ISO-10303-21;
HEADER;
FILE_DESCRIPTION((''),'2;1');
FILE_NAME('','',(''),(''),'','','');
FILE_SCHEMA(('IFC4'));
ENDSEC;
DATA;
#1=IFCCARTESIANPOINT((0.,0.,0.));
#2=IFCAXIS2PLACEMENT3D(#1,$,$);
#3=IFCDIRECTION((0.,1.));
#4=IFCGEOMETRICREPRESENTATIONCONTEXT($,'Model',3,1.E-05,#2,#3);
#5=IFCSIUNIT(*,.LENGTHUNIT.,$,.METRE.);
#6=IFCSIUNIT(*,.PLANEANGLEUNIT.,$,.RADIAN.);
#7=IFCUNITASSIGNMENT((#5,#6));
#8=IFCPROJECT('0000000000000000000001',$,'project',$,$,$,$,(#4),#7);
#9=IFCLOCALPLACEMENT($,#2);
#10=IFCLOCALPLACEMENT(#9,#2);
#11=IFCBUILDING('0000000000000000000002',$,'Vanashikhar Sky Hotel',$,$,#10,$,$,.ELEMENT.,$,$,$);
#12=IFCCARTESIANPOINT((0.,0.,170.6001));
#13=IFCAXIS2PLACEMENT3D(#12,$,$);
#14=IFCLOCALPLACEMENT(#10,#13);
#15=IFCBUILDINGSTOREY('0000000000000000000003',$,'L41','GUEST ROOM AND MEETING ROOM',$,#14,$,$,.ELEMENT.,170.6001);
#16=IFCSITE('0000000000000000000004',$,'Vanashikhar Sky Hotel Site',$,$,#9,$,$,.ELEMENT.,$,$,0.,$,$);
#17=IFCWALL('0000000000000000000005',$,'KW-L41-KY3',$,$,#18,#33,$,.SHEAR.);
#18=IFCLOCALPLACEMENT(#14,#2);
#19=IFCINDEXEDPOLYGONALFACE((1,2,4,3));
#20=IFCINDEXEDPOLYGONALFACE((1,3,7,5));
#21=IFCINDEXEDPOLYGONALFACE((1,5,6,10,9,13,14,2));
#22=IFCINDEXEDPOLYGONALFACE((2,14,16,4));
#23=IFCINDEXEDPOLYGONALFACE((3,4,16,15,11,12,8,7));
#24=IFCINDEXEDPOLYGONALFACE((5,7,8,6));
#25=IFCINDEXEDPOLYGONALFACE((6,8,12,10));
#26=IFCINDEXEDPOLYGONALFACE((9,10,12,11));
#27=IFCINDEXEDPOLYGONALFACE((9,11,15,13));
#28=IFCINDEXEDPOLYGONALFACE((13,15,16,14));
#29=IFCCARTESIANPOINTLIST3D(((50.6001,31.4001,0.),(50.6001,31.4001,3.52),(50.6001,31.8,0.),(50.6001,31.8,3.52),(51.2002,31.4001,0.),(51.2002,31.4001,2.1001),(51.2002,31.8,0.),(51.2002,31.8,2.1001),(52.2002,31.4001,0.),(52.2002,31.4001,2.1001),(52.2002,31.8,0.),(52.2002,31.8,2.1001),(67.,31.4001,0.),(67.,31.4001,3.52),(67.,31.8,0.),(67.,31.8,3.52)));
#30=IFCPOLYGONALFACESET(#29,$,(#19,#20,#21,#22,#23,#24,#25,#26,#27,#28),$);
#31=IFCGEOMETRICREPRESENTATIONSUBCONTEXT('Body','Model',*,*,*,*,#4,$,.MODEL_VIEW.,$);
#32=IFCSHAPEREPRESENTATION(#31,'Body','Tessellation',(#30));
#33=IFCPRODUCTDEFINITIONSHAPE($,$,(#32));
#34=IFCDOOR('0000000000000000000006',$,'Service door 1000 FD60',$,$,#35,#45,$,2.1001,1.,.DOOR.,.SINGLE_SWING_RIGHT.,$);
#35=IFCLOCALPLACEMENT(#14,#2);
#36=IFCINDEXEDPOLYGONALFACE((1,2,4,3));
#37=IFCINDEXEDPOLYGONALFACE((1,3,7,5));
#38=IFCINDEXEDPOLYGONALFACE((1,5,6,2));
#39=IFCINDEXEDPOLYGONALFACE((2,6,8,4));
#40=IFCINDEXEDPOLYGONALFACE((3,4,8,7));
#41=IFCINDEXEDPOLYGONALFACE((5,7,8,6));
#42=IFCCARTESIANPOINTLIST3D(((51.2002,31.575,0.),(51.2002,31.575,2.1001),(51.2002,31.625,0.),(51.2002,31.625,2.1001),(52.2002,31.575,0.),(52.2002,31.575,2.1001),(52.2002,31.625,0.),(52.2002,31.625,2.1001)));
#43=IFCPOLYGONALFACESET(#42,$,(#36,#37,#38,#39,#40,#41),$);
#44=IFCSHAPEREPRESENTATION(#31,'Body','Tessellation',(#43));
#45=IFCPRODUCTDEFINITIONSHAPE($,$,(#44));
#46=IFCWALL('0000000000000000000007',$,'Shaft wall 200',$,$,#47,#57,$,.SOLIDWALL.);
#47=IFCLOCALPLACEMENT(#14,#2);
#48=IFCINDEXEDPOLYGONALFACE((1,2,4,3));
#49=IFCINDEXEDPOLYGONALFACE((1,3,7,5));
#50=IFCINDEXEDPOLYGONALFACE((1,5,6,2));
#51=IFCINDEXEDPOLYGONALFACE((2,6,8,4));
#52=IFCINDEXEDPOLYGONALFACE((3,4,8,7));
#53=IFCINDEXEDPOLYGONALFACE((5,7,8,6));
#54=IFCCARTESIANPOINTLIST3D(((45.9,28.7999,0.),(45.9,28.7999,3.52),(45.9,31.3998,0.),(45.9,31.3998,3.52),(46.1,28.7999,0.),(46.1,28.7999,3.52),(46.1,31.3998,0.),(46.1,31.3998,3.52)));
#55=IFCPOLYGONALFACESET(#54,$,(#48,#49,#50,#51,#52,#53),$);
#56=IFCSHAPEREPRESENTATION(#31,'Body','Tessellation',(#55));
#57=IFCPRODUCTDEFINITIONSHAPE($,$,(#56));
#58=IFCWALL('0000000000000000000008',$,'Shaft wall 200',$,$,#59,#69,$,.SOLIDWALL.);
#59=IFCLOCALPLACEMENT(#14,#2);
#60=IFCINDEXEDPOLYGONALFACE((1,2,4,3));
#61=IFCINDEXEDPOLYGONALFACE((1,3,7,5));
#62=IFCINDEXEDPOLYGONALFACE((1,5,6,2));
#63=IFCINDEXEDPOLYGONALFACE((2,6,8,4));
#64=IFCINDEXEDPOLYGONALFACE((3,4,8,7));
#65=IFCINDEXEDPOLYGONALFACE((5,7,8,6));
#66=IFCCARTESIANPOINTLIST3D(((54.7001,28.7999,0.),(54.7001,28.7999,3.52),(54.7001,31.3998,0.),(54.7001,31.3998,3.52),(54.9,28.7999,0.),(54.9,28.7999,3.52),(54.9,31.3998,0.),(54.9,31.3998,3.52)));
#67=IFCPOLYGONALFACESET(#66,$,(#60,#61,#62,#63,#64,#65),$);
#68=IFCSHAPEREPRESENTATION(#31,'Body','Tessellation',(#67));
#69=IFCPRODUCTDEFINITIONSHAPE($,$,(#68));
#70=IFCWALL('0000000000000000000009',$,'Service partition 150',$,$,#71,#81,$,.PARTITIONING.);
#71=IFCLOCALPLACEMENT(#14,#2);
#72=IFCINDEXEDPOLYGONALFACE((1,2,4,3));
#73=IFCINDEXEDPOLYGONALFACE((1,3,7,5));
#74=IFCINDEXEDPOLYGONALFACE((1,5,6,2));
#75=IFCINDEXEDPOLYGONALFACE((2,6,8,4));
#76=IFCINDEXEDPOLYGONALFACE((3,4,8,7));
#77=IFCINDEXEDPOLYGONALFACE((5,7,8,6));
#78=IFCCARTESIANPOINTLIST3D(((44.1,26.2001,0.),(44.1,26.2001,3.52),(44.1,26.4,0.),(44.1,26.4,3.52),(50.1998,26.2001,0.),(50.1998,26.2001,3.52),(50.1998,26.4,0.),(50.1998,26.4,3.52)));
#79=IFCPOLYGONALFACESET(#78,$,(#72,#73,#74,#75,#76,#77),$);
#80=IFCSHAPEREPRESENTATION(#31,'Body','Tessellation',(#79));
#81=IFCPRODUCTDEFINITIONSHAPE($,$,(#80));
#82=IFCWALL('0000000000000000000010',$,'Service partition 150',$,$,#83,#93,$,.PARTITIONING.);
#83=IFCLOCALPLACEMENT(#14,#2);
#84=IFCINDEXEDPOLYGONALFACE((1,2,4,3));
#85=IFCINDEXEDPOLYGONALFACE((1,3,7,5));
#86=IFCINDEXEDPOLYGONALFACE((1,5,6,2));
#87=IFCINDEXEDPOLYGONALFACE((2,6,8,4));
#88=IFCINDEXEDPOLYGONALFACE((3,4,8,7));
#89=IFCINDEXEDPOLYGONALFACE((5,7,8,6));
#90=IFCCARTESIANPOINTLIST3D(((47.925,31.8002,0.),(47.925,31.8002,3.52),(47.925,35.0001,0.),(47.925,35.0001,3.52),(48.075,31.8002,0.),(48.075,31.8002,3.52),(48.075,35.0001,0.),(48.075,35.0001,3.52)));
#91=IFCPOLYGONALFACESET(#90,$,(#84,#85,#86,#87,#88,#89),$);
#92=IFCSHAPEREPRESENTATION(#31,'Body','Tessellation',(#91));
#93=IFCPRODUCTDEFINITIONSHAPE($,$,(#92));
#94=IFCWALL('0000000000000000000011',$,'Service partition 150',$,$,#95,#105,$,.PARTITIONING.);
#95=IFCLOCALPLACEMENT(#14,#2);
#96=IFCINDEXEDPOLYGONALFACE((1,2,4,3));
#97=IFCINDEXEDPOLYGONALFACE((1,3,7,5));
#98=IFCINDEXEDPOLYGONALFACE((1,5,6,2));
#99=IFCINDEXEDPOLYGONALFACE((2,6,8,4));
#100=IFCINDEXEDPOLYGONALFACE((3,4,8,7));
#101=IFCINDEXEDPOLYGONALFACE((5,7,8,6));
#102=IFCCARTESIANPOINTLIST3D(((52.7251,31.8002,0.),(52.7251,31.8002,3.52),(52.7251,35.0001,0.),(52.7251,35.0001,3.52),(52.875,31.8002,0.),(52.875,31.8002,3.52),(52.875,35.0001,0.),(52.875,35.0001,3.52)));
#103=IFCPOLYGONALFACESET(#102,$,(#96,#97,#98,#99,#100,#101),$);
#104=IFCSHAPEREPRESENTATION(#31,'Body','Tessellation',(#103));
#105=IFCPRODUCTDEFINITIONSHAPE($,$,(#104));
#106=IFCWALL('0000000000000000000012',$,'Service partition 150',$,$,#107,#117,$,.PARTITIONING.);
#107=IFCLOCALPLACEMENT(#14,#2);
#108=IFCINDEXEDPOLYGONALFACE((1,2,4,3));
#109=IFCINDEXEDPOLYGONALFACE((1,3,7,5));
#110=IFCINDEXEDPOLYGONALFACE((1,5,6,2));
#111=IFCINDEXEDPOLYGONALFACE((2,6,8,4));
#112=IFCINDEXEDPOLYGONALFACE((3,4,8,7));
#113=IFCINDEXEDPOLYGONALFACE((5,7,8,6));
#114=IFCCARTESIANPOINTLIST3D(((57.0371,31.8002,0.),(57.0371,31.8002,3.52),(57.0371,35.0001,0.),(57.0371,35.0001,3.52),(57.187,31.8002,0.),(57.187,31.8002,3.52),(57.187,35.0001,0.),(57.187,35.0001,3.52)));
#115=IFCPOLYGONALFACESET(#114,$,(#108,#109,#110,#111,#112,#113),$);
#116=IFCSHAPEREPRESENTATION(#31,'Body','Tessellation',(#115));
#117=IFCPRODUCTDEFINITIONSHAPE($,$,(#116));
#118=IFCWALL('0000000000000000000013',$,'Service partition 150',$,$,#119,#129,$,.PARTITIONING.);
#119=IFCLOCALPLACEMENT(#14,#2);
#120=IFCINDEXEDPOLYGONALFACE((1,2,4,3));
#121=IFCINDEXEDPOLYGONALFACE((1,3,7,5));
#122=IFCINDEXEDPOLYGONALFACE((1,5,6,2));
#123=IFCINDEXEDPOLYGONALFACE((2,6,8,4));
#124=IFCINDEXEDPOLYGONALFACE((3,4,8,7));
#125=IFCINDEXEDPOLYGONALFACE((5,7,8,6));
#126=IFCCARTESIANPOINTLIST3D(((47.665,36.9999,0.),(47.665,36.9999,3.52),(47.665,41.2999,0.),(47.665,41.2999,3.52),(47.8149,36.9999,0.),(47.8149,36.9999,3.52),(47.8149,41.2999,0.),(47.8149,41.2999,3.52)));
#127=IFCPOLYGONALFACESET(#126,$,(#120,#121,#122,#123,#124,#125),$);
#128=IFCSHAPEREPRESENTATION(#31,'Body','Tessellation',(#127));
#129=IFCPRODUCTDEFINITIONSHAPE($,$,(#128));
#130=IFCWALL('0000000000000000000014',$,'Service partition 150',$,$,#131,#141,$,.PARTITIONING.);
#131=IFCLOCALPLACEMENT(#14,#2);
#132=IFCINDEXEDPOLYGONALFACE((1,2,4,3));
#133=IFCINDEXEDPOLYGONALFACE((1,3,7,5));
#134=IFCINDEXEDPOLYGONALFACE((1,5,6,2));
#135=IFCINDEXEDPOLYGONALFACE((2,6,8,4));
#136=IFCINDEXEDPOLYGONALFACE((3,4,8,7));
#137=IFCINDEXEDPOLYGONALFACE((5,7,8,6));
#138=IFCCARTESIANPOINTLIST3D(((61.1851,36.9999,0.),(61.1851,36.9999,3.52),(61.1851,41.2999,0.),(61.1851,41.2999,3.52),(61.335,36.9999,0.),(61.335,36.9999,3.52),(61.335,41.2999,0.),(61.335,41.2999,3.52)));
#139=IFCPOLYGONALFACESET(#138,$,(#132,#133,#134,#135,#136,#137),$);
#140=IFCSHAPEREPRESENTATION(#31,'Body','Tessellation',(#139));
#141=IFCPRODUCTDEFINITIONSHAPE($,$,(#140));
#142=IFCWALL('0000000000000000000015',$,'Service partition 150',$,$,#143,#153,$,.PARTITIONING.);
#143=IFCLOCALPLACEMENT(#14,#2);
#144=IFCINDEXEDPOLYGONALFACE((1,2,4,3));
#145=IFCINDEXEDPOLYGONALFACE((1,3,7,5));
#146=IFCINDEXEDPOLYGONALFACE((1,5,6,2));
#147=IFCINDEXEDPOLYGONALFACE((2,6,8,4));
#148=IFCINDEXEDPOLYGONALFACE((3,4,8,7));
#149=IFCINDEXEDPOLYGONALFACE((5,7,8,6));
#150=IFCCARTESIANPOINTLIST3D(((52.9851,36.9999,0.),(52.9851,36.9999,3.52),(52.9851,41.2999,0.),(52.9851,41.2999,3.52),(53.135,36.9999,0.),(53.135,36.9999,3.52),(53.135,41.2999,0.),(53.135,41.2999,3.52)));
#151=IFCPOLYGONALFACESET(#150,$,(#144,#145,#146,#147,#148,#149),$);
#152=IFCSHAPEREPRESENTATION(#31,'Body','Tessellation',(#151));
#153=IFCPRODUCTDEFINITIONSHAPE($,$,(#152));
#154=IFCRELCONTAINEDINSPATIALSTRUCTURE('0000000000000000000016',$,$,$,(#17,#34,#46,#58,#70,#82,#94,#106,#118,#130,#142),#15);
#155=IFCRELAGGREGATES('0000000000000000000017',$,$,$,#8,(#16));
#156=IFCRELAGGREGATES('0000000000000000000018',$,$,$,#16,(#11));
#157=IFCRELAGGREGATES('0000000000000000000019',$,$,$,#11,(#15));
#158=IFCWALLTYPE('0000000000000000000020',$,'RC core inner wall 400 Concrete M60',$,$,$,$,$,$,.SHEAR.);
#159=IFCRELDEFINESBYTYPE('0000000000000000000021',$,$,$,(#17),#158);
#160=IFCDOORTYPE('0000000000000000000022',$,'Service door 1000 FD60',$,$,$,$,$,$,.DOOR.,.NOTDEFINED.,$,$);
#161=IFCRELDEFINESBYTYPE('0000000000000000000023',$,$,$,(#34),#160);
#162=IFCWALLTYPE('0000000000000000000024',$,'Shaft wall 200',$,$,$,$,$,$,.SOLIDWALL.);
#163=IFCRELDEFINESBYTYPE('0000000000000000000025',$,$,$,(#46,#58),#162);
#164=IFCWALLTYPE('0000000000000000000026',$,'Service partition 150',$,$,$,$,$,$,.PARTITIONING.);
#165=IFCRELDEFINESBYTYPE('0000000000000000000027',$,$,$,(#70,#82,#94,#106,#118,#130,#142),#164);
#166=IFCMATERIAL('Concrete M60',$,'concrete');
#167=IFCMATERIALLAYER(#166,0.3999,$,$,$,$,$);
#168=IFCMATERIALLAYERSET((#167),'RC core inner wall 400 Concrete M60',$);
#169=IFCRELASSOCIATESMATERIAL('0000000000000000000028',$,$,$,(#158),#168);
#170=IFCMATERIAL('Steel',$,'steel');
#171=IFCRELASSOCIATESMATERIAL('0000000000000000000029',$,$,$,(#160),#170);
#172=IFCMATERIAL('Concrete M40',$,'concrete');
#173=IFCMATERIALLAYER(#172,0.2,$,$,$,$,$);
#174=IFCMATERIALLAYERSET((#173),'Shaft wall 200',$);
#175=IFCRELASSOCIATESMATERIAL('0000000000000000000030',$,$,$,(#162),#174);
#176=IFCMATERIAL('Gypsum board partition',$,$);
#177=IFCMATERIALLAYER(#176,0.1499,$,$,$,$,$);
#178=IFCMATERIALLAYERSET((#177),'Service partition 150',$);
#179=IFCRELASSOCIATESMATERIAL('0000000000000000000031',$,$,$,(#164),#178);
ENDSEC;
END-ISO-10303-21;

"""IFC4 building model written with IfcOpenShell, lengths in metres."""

from ifc_helpers import new_model, si_unit, direction, frame, frame_2d, origin, place, context, subcontext, project, spatial, rectangle, extrude, source, transform, mapped, material, layer, layer_set, type_object, element, fill, save


model = new_model("IFC4")

# Units and contexts
model_context = context("Model", 3, precision=1e-05, world=origin(), true_north=direction((0.0, 1.0)))
body_context = subcontext(model_context, "Body", "Model", "MODEL_VIEW")
ifc_project = project(units=[si_unit("LENGTHUNIT", "METRE"), si_unit("PLANEANGLEUNIT", "RADIAN")], contexts=[model_context])

# Site, building, storey
site_placement = place(None, origin())
site = spatial("IfcSite", under=ifc_project, at=site_placement, Name="Vanashikhar Sky Hotel Site", CompositionType="ELEMENT", RefElevation=0.0)
building_placement = place(site_placement, origin())
building = spatial("IfcBuilding", under=site, at=building_placement, Name="Vanashikhar Sky Hotel", CompositionType="ELEMENT")
storey_placement = place(building_placement, frame((0.0, 0.0, 170.6001)))
storey = spatial("IfcBuildingStorey", under=building, at=storey_placement, Name="L41", Description="GUEST ROOM AND MEETING ROOM", CompositionType="ELEMENT", Elevation=170.6001)

# Wall, opening, door
ifc_material_1 = material(Name="Concrete M60", Category="concrete")
ifc_layer_1 = layer(ifc_material_1, 0.3999)
ifc_layer_set_1 = layer_set([ifc_layer_1], Name="RC core inner wall 400 Concrete M60")
wall_type_1 = type_object("IfcWallType", Name="RC core inner wall 400 Concrete M60", PredefinedType="SHEAR", material=ifc_layer_set_1)
shared_shape_1 = source(origin(), body_context, "Body", "SweptSolid", [
    extrude(rectangle(XDim=16.3999, YDim=0.3999, at=frame_2d((8.2, 0.0))), origin(), (0.0, 0.0, 1.0), 3.52),
])
wall_1_placement = place(storey_placement, frame((50.6001, 31.6001, 0.0), z_axis=(0.0, 0.0, 1.0), x_axis=(1.0, 0.0, 0.0)))
wall_1 = element("IfcWall", 1, at=wall_1_placement, inside=storey, type_object=wall_type_1, Name="KW-L41-KY3", PredefinedType="SHEAR", context=body_context, shape_type="MappedRepresentation", body=[
    mapped(shared_shape_1, transform((0.0, 0.0, 0.0), scale=1.0)),
])
shared_shape_2 = source(origin(), body_context, "Body", "SweptSolid", [
    extrude(rectangle(XDim=1.0, YDim=2.1001, at=frame_2d((0.5, 1.05))), frame((0.0, 0.21, 0.0), z_axis=(0.0, -1.0, 0.0), x_axis=(1.0, 0.0, 0.0)), (0.0, 0.0, 1.0), 0.4199),
])
opening_placement = place(wall_1_placement, frame((0.6001, 0.0, 0.0)))
opening = element("IfcOpeningElement", 2, at=opening_placement, cuts=wall_1, PredefinedType="OPENING", context=body_context, shape_type="MappedRepresentation", body=[
    mapped(shared_shape_2, transform((0.0, 0.0, 0.0), scale=1.0)),
])
ifc_material_2 = material(Name="Steel", Category="steel")
door_type = type_object("IfcDoorType", Name="Service door 1000 FD60", OperationType="NOTDEFINED", PredefinedType="DOOR", material=ifc_material_2)
shared_shape_3 = source(origin(), body_context, "Body", "SweptSolid", [
    extrude(rectangle(XDim=1.0, YDim=2.1001, at=frame_2d((0.5, 1.05))), frame((0.0, 0.0249, 0.0), z_axis=(0.0, -1.0, 0.0), x_axis=(1.0, 0.0, 0.0)), (0.0, 0.0, 1.0), 0.05),
])
door_placement = place(opening_placement, origin())
door = element("IfcDoor", 3, at=door_placement, inside=storey, type_object=door_type, Name="Service door 1000 FD60", OperationType="SINGLE_SWING_RIGHT", OverallHeight=2.1001, OverallWidth=1.0, PredefinedType="DOOR", context=body_context, shape_type="MappedRepresentation", body=[
    mapped(shared_shape_3, transform((0.0, 0.0, 0.0), scale=1.0)),
])
fill(opening, door)

# Walls
ifc_material_3 = material(Name="Concrete M40", Category="concrete")
ifc_layer_2 = layer(ifc_material_3, 0.2)
ifc_layer_set_2 = layer_set([ifc_layer_2], Name="Shaft wall 200")
wall_type_2 = type_object("IfcWallType", Name="Shaft wall 200", PredefinedType="SOLIDWALL", material=ifc_layer_set_2)
shared_shape_4 = source(origin(), body_context, "Body", "SweptSolid", [
    extrude(rectangle(XDim=2.5999, YDim=0.2, at=frame_2d((1.2998, 0.0))), origin(), (0.0, 0.0, 1.0), 3.52),
])
for number, where, z_axis, x_axis, name in (
    (4, (46.0, 28.8, 0.0), (0.0, 0.0, 1.0), (0.0, 1.0, 0.0), "Shaft wall 200"),
    (5, (54.8, 28.8, 0.0), (0.0, 0.0, 1.0), (0.0, 1.0, 0.0), "Shaft wall 200"),
):
    element("IfcWall", number, at=place(storey_placement, frame(where, z_axis=z_axis, x_axis=x_axis)), inside=storey, type_object=wall_type_2, Name=name, PredefinedType="SOLIDWALL", context=body_context, shape_type="MappedRepresentation", body=[
        mapped(shared_shape_4, transform((0.0, 0.0, 0.0), scale=1.0)),
    ])
ifc_material_4 = material(Name="Gypsum board partition")
ifc_layer_3 = layer(ifc_material_4, 0.1499)
ifc_layer_set_3 = layer_set([ifc_layer_3], Name="Service partition 150")
wall_type_3 = type_object("IfcWallType", Name="Service partition 150", PredefinedType="PARTITIONING", material=ifc_layer_set_3)
shared_shape_5 = source(origin(), body_context, "Body", "SweptSolid", [
    extrude(rectangle(XDim=6.0999, YDim=0.2, at=frame_2d((3.0498, 0.0))), origin(), (0.0, 0.0, 1.0), 3.52),
])
wall_2_placement = place(storey_placement, frame((44.1001, 26.3, 0.0), z_axis=(0.0, 0.0, 1.0), x_axis=(1.0, 0.0, 0.0)))
element("IfcWall", 6, at=wall_2_placement, inside=storey, type_object=wall_type_3, Name="Service partition 150", PredefinedType="PARTITIONING", context=body_context, shape_type="MappedRepresentation", body=[
    mapped(shared_shape_5, transform((0.0, 0.0, 0.0), scale=1.0)),
])
shared_shape_6 = source(origin(), body_context, "Body", "SweptSolid", [
    extrude(rectangle(XDim=3.2, YDim=0.1499, at=frame_2d((1.6001, 0.0))), origin(), (0.0, 0.0, 1.0), 3.52),
])
for number, where, z_axis, x_axis, name in (
    (7, (48.0, 31.8, 0.0), (0.0, 0.0, 1.0), (0.0, 1.0, 0.0), "Service partition 150"),
    (8, (52.8, 31.8, 0.0), (0.0, 0.0, 1.0), (0.0, 1.0, 0.0), "Service partition 150"),
    (9, (57.1121, 31.8, 0.0), (0.0, 0.0, 1.0), (0.0, 1.0, 0.0), "Service partition 150"),
):
    element("IfcWall", number, at=place(storey_placement, frame(where, z_axis=z_axis, x_axis=x_axis)), inside=storey, type_object=wall_type_3, Name=name, PredefinedType="PARTITIONING", context=body_context, shape_type="MappedRepresentation", body=[
        mapped(shared_shape_6, transform((0.0, 0.0, 0.0), scale=1.0)),
    ])
shared_shape_7 = source(origin(), body_context, "Body", "SweptSolid", [
    extrude(rectangle(XDim=4.3, YDim=0.1499, at=frame_2d((2.1499, 0.0))), origin(), (0.0, 0.0, 1.0), 3.52),
])
for number, where, z_axis, x_axis, name in (
    (10, (47.74, 37.0, 0.0), (0.0, 0.0, 1.0), (0.0, 1.0, 0.0), "Service partition 150"),
    (11, (61.26, 37.0, 0.0), (0.0, 0.0, 1.0), (0.0, 1.0, 0.0), "Service partition 150"),
    (12, (53.0601, 37.0, 0.0), (0.0, 0.0, 1.0), (0.0, 1.0, 0.0), "Service partition 150"),
):
    element("IfcWall", number, at=place(storey_placement, frame(where, z_axis=z_axis, x_axis=x_axis)), inside=storey, type_object=wall_type_3, Name=name, PredefinedType="PARTITIONING", context=body_context, shape_type="MappedRepresentation", body=[
        mapped(shared_shape_7, transform((0.0, 0.0, 0.0), scale=1.0)),
    ])

save(model, "model.ifc")
